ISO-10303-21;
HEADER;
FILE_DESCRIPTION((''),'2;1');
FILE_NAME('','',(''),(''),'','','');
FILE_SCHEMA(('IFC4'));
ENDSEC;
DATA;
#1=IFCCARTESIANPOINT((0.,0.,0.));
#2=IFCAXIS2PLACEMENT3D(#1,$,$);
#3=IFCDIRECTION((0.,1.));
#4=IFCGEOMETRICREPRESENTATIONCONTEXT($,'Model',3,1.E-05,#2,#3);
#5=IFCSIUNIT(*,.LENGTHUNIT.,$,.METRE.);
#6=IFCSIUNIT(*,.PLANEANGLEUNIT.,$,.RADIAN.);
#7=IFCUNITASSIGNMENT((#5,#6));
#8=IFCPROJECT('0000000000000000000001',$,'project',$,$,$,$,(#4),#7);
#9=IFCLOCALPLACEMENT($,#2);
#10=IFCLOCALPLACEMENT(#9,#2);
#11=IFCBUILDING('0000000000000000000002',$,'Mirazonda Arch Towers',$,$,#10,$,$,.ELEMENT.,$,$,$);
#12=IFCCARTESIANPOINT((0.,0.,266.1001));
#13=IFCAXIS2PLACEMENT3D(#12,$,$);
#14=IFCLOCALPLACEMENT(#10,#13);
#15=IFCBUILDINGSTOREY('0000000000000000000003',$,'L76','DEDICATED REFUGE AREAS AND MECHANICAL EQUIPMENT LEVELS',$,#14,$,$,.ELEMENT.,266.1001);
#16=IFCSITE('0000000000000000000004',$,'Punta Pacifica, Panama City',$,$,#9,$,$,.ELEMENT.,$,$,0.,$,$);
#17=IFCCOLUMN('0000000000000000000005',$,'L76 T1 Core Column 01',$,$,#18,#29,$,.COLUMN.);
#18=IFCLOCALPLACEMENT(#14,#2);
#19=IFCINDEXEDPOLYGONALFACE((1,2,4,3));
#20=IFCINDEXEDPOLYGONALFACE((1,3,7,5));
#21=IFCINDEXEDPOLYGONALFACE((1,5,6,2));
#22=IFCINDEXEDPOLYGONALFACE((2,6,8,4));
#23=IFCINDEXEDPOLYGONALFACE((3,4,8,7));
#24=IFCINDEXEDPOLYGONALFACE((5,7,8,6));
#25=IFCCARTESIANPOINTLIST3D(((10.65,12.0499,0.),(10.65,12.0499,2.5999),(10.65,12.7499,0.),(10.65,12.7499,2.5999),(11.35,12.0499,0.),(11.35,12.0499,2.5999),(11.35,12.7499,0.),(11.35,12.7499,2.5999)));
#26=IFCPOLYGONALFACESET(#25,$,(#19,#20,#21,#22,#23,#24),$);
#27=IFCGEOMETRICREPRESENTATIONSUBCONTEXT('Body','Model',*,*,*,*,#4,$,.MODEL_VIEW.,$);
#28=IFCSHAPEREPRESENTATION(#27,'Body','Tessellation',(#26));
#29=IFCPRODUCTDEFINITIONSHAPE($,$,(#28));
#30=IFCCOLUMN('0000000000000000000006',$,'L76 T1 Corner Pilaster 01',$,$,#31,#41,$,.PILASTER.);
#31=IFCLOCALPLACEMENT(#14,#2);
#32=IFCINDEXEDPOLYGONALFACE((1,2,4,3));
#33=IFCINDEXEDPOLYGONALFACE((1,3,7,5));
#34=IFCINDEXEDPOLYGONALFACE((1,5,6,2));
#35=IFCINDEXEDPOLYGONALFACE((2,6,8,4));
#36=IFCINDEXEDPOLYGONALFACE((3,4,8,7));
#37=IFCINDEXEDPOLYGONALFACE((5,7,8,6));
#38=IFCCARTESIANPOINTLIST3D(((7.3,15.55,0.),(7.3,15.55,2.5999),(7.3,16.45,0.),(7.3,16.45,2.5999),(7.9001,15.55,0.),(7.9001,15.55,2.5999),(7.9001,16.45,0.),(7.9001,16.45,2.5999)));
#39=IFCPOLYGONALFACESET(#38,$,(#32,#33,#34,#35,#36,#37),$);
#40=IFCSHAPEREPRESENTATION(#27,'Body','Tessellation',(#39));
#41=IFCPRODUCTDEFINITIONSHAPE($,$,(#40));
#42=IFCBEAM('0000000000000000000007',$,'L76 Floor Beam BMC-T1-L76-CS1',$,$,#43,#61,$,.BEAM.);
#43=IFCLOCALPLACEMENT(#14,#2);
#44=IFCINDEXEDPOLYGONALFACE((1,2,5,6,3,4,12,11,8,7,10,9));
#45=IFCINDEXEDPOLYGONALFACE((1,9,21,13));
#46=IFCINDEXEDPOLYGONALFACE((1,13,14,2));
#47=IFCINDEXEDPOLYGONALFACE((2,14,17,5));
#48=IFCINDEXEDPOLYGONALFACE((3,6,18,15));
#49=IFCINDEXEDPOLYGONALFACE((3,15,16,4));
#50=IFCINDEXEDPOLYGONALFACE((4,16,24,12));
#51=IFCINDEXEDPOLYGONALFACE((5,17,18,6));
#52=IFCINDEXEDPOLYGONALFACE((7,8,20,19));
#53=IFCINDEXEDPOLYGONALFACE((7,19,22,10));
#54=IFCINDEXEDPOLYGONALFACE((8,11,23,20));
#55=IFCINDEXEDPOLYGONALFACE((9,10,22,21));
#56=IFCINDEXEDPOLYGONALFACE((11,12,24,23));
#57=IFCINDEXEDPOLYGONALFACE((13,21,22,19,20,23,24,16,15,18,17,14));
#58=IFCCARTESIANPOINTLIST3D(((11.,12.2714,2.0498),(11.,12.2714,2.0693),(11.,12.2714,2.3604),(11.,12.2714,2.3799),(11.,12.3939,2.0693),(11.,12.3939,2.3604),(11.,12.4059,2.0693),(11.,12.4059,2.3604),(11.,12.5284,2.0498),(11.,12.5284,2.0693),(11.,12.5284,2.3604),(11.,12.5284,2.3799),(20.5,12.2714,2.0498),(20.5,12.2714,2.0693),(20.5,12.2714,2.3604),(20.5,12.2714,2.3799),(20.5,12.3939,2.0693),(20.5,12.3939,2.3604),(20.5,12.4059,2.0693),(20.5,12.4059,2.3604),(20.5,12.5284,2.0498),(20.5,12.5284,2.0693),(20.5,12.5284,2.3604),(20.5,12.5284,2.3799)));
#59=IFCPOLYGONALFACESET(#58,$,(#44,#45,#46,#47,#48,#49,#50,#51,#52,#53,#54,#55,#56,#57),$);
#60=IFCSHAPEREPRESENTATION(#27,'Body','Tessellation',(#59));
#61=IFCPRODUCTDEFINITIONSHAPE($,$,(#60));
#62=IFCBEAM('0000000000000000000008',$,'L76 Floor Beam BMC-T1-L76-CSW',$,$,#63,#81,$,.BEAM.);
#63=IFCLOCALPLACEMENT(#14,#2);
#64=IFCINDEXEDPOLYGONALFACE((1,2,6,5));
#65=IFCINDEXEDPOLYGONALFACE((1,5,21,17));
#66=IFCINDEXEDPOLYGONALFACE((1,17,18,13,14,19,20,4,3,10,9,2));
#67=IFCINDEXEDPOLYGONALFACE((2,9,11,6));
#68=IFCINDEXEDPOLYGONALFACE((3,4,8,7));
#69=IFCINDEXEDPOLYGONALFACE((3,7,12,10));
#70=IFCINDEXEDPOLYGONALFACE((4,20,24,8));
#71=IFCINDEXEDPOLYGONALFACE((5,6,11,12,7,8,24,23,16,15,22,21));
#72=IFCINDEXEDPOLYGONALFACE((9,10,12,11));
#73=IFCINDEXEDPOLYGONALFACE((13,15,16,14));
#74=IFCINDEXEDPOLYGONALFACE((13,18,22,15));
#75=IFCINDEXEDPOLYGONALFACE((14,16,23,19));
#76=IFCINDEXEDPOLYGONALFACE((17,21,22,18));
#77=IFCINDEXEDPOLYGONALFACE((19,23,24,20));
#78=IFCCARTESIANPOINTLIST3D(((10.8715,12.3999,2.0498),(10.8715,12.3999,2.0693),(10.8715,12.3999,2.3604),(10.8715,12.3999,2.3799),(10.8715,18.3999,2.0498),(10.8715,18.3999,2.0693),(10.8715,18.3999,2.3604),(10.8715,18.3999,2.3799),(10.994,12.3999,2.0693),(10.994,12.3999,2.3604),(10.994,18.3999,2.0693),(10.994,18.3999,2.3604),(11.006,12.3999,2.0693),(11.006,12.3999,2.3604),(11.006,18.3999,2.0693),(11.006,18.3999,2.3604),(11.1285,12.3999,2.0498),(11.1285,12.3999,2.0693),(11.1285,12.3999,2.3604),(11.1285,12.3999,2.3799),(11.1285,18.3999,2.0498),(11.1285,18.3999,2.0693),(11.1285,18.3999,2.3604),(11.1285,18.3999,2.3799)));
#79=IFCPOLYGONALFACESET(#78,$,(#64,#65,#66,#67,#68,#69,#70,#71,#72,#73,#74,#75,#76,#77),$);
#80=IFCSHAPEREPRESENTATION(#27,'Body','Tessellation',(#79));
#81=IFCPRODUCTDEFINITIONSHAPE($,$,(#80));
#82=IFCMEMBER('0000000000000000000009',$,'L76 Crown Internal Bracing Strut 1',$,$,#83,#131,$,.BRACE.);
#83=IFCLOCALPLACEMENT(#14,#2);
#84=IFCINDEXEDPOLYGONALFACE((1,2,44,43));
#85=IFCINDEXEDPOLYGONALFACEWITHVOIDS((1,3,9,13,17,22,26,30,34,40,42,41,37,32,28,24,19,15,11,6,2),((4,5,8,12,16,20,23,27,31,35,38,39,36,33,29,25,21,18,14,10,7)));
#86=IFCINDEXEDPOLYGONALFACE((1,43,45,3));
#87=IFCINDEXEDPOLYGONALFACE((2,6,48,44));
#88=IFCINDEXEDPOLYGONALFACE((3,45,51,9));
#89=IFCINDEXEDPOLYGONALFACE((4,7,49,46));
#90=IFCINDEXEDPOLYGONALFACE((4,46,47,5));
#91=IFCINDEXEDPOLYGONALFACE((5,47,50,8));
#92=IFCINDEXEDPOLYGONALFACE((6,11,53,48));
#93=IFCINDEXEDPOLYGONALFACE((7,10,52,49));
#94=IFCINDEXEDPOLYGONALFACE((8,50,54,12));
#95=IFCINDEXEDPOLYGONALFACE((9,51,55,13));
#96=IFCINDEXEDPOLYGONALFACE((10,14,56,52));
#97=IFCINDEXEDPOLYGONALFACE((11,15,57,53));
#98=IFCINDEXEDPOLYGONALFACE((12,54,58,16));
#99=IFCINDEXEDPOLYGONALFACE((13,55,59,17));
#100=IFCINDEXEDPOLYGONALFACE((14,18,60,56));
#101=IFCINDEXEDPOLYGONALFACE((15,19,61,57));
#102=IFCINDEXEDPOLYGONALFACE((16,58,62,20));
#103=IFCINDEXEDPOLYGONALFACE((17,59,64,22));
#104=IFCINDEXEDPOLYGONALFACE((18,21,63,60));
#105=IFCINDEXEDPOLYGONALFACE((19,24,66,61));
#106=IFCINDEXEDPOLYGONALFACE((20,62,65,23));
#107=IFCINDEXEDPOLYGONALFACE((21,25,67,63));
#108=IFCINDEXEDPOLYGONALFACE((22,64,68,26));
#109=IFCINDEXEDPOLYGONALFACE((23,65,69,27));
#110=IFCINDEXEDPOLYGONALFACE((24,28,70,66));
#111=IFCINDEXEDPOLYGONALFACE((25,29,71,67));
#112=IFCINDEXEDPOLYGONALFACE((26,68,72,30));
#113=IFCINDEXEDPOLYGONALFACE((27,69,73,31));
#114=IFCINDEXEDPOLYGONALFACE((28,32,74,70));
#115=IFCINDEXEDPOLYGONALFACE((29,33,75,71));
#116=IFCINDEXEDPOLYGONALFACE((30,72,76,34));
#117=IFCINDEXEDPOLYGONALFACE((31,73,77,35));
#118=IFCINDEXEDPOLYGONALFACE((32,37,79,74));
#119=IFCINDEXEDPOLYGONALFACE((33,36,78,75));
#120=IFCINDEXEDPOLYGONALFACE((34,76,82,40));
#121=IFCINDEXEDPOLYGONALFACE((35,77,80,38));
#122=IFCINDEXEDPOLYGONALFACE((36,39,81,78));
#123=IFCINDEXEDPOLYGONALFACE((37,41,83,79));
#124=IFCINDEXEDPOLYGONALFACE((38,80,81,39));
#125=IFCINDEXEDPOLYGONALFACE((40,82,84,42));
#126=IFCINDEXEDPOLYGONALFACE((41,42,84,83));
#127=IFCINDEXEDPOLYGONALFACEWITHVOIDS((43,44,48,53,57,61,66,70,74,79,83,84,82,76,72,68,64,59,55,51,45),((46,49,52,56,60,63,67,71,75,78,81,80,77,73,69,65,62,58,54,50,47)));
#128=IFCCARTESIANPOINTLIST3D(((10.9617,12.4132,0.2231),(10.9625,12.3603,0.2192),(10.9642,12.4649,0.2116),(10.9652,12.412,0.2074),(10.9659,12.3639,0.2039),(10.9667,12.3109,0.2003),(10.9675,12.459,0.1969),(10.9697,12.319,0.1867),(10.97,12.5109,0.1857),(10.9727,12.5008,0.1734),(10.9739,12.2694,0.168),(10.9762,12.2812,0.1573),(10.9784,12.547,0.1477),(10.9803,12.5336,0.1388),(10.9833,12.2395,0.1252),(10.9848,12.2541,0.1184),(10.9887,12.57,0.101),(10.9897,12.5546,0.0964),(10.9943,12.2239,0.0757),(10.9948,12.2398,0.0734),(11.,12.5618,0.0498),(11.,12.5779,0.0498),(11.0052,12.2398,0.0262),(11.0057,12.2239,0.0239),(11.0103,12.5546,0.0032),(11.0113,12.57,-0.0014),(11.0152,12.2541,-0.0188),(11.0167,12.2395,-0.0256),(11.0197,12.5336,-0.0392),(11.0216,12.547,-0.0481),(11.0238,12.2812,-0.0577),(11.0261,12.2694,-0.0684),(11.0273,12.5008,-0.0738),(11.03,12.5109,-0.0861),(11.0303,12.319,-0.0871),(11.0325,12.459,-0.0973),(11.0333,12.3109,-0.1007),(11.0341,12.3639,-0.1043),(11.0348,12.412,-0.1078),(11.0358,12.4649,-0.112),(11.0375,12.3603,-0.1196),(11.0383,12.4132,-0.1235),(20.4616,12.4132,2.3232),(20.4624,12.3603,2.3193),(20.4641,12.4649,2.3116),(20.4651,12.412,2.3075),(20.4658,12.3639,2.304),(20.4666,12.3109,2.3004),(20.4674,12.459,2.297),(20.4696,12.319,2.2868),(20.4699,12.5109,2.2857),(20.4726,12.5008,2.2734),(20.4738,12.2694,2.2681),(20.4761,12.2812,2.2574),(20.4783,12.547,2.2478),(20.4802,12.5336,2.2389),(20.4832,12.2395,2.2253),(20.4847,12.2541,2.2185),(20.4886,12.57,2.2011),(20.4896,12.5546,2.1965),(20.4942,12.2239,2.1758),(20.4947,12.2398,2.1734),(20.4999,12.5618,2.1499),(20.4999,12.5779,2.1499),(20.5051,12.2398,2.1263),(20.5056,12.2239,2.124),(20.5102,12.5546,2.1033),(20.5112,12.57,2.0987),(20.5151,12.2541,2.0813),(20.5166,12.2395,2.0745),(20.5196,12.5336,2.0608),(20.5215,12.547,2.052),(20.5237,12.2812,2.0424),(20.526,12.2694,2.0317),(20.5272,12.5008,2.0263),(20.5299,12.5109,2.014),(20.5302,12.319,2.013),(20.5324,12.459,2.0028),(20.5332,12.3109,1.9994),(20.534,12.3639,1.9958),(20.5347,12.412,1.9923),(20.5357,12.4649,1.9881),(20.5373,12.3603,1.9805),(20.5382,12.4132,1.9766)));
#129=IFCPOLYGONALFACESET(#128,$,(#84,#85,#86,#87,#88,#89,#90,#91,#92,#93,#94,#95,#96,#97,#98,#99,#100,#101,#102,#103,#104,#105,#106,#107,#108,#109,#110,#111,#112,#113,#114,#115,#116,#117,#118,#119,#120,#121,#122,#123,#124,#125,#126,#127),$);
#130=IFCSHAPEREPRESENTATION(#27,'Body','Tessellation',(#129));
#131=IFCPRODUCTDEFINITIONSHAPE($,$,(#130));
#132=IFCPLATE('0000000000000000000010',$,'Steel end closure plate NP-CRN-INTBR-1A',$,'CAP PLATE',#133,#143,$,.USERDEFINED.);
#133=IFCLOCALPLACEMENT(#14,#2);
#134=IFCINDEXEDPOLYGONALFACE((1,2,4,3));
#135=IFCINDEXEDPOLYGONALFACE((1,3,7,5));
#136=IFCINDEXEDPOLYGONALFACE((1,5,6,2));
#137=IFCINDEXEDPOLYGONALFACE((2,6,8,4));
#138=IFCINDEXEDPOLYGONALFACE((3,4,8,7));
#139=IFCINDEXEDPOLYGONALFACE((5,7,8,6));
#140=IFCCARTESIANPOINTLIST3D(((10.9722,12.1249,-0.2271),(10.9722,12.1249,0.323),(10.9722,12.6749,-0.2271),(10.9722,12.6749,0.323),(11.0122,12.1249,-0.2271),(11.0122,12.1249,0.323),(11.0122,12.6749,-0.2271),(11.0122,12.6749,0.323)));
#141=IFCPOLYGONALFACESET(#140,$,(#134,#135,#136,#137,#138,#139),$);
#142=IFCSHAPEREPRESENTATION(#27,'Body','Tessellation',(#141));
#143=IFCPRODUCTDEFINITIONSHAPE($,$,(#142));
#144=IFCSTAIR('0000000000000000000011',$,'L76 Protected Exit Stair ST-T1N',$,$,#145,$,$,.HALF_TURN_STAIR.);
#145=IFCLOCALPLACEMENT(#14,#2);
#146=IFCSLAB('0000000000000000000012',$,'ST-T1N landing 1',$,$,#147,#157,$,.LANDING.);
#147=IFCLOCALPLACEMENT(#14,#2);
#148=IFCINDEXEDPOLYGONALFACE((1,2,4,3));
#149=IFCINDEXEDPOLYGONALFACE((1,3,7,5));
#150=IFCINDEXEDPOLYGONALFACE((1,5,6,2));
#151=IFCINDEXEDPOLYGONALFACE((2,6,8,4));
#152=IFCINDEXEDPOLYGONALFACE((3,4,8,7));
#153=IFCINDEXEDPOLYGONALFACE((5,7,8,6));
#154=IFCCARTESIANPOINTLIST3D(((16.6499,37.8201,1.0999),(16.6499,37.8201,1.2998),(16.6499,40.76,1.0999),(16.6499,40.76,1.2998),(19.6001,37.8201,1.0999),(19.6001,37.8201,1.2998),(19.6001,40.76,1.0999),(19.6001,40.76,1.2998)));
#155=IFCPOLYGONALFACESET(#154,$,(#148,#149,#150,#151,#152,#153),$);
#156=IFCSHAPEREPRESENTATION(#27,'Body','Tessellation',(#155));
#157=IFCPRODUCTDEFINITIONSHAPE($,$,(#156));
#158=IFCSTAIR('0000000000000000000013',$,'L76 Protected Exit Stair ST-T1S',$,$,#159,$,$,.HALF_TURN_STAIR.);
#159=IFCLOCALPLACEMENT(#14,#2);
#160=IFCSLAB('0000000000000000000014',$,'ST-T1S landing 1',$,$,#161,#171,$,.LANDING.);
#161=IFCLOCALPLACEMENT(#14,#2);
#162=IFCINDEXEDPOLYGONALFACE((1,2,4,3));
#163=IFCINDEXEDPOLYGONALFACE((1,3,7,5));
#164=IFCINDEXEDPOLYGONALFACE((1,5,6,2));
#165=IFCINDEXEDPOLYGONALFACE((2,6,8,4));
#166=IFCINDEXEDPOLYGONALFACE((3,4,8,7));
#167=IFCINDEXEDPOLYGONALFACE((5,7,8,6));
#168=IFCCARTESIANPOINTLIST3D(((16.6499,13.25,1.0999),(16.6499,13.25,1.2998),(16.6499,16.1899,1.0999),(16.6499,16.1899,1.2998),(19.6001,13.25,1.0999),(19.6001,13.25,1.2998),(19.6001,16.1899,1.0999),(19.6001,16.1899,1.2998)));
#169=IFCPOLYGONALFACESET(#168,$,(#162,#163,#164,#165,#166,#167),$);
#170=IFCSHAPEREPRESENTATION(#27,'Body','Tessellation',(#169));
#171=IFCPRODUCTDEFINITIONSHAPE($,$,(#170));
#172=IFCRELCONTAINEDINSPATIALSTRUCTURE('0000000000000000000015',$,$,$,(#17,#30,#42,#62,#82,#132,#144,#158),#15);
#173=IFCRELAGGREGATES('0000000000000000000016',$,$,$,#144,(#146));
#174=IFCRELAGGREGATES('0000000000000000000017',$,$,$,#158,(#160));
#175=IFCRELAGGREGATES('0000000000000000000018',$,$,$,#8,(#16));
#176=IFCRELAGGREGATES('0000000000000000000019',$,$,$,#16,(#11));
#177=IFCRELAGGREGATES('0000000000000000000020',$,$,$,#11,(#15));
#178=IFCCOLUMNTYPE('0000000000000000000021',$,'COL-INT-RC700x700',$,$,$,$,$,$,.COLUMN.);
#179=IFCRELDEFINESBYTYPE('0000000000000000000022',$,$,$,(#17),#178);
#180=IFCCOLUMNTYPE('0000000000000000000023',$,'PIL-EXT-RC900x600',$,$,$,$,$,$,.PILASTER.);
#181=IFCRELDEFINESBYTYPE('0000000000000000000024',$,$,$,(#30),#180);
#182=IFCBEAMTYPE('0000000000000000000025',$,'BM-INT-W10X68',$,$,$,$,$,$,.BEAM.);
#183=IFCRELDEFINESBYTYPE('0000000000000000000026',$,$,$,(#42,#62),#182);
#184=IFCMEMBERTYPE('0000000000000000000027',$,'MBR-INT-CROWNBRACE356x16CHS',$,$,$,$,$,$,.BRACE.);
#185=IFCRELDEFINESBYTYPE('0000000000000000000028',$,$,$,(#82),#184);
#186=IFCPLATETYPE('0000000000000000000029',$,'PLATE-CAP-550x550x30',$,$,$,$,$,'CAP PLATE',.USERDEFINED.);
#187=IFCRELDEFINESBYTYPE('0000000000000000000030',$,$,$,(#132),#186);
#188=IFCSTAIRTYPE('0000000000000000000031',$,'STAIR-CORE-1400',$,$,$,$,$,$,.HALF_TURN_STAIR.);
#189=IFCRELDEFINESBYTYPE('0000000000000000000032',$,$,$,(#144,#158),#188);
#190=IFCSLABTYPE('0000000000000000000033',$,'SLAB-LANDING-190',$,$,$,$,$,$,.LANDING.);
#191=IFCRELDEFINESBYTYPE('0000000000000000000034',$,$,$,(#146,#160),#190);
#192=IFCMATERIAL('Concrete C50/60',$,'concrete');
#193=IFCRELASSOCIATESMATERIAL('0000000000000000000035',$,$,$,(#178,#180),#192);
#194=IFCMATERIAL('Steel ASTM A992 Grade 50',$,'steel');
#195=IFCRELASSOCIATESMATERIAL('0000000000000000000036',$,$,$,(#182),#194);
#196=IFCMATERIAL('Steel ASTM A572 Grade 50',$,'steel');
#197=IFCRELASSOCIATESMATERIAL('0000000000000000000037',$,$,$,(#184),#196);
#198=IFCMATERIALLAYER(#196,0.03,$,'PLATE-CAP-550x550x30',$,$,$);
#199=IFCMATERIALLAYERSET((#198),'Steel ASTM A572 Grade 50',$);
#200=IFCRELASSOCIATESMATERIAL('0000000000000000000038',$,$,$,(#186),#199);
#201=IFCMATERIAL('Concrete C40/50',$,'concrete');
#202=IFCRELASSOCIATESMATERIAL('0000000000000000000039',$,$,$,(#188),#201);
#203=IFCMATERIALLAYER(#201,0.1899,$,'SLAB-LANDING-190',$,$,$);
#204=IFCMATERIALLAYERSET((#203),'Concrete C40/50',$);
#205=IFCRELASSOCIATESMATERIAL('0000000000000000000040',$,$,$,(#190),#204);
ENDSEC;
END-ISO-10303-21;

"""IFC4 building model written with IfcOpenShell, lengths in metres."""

from ifc_helpers import new_model, si_unit, direction, frame, origin, origin_2d, place, context, subcontext, project, spatial, polyline, rectangle, hollow_circle, i_section, outline, extrude, material, layer, layer_set, material_profile, profile_set, type_object, element, aggregate, save


model = new_model("IFC4")

# Units and contexts
model_context = context("Model", 3, precision=1e-05, world=origin(), true_north=direction((0.0, 1.0)))
body_context = subcontext(model_context, "Body", "Model", "MODEL_VIEW")
ifc_project = project(units=[si_unit("LENGTHUNIT", "METRE"), si_unit("PLANEANGLEUNIT", "RADIAN")], contexts=[model_context])

# Site, building, storey
site_placement = place(None, origin())
site = spatial("IfcSite", under=ifc_project, at=site_placement, Name="Punta Pacifica, Panama City", CompositionType="ELEMENT", RefElevation=0.0)
building_placement = place(site_placement, origin())
building = spatial("IfcBuilding", under=site, at=building_placement, Name="Mirazonda Arch Towers", CompositionType="ELEMENT")
storey_placement = place(building_placement, frame((0.0, 0.0, 266.1001)))
storey = spatial("IfcBuildingStorey", under=building, at=storey_placement, Name="L76", Description="DEDICATED REFUGE AREAS AND MECHANICAL EQUIPMENT LEVELS", CompositionType="ELEMENT", Elevation=266.1001)

# Columns
ifc_material_1 = material(Name="Concrete C50/60", Category="concrete")
ifc_material_profile_1 = material_profile(ifc_material_1, rectangle(XDim=0.7, YDim=0.7, at=origin_2d()), Name="RC700x700")
ifc_profile_set_1 = profile_set([ifc_material_profile_1], Name="Concrete C50/60")
column_type_1 = type_object("IfcColumnType", Name="COL-INT-RC700x700", PredefinedType="COLUMN", material=ifc_profile_set_1)
column_1_placement = place(storey_placement, frame((11.0, 12.3999, 0.0), z_axis=(0.0, 0.0, 1.0), x_axis=(1.0, 0.0, 0.0)))
element("IfcColumn", 1, at=column_1_placement, inside=storey, type_object=column_type_1, Name="L76 T1 Core Column 01", PredefinedType="COLUMN", context=body_context, shape_type="SweptSolid", body=[
    extrude(rectangle(XDim=0.7, YDim=0.7, at=origin_2d()), origin(), (0.0, 0.0, 1.0), 2.5999),
])
ifc_material_profile_2 = material_profile(ifc_material_1, rectangle(XDim=0.6001, YDim=0.8999, at=origin_2d()), Name="RC900x600")
ifc_profile_set_2 = profile_set([ifc_material_profile_2], Name="Concrete C50/60")
column_type_2 = type_object("IfcColumnType", Name="PIL-EXT-RC900x600", PredefinedType="PILASTER", material=ifc_profile_set_2)
column_2_placement = place(storey_placement, frame((7.6001, 16.0, 0.0), z_axis=(0.0, 0.0, 1.0), x_axis=(1.0, 0.0, 0.0)))
element("IfcColumn", 2, at=column_2_placement, inside=storey, type_object=column_type_2, Name="L76 T1 Corner Pilaster 01", PredefinedType="PILASTER", context=body_context, shape_type="SweptSolid", body=[
    extrude(rectangle(XDim=0.6001, YDim=0.8999, at=origin_2d()), origin(), (0.0, 0.0, 1.0), 2.5999),
])

# Beams
ifc_material_2 = material(Name="Steel ASTM A992 Grade 50", Category="steel")
ifc_material_profile_3 = material_profile(ifc_material_2, i_section(OverallWidth=0.2571, OverallDepth=0.3301, WebThickness=0.012, FlangeThickness=0.0195, at=origin_2d()), Name="W10X68")
ifc_profile_set_3 = profile_set([ifc_material_profile_3], Name="Steel ASTM A992 Grade 50")
beam_type = type_object("IfcBeamType", Name="BM-INT-W10X68", PredefinedType="BEAM", material=ifc_profile_set_3)
beam_1_placement = place(storey_placement, frame((11.0, 12.3999, 2.2148), z_axis=(1.0, 0.0, 0.0), x_axis=(0.0, 1.0, 0.0)))
element("IfcBeam", 3, at=beam_1_placement, inside=storey, type_object=beam_type, Name="L76 Floor Beam BMC-T1-L76-CS1", PredefinedType="BEAM", context=body_context, shape_type="SweptSolid", body=[
    extrude(i_section(OverallWidth=0.2571, OverallDepth=0.3301, WebThickness=0.012, FlangeThickness=0.0195, at=origin_2d()), origin(), (0.0, 0.0, 1.0), 9.5),
])
beam_2_placement = place(storey_placement, frame((11.0, 12.3999, 2.2148), z_axis=(0.0, 1.0, 0.0), x_axis=(-1.0, 0.0, 0.0)))
element("IfcBeam", 4, at=beam_2_placement, inside=storey, type_object=beam_type, Name="L76 Floor Beam BMC-T1-L76-CSW", PredefinedType="BEAM", context=body_context, shape_type="SweptSolid", body=[
    extrude(i_section(OverallWidth=0.2571, OverallDepth=0.3301, WebThickness=0.012, FlangeThickness=0.0195, at=origin_2d()), origin(), (0.0, 0.0, 1.0), 6.0),
])

# Member
ifc_material_3 = material(Name="Steel ASTM A572 Grade 50", Category="steel")
ifc_material_profile_4 = material_profile(ifc_material_3, hollow_circle(Radius=0.178, WallThickness=0.0161, at=origin_2d()), Name="CROWNBRACE356x16CHS")
ifc_profile_set_4 = profile_set([ifc_material_profile_4], Name="Steel ASTM A572 Grade 50")
member_type = type_object("IfcMemberType", Name="MBR-INT-CROWNBRACE356x16CHS", PredefinedType="BRACE", material=ifc_profile_set_4)
member_placement = place(storey_placement, frame((11.0, 12.3999, 0.0498), z_axis=(0.976426, 0.0, 0.215852), x_axis=(0.0, 1.0, 0.0)))
element("IfcMember", 5, at=member_placement, inside=storey, type_object=member_type, Name="L76 Crown Internal Bracing Strut 1", PredefinedType="BRACE", context=body_context, shape_type="SweptSolid", body=[
    extrude(hollow_circle(Radius=0.178, WallThickness=0.0161, at=origin_2d()), origin(), (0.0, 0.0, 1.0), 9.7292),
])

# Plate
ifc_layer_1 = layer(ifc_material_3, 0.03, Name="PLATE-CAP-550x550x30")
ifc_layer_set_1 = layer_set([ifc_layer_1], Name="Steel ASTM A572 Grade 50")
plate_type = type_object("IfcPlateType", Name="PLATE-CAP-550x550x30", ElementType="CAP PLATE", PredefinedType="USERDEFINED", material=ifc_layer_set_1)
plate_placement = place(storey_placement, frame((10.9922, 12.3999, -0.2271), z_axis=(0.0, 0.0, 1.0), x_axis=(-1.0, 0.0, 0.0)))
element("IfcPlate", 6, at=plate_placement, inside=storey, type_object=plate_type, Name="Steel end closure plate NP-CRN-INTBR-1A", ObjectType="CAP PLATE", PredefinedType="USERDEFINED", context=body_context, shape_type="SweptSolid", body=[
    extrude(rectangle(XDim=0.04, YDim=0.55, at=origin_2d()), origin(), (0.0, 0.0, 1.0), 0.55),
])

# Stairs, slabs
ifc_material_4 = material(Name="Concrete C40/50", Category="concrete")
stair_type = type_object("IfcStairType", Name="STAIR-CORE-1400", PredefinedType="HALF_TURN_STAIR", material=ifc_material_4)
stair_1_placement = place(storey_placement, origin())
stair_1 = element("IfcStair", 7, at=stair_1_placement, inside=storey, type_object=stair_type, Name="L76 Protected Exit Stair ST-T1N", PredefinedType="HALF_TURN_STAIR")
ifc_layer_2 = layer(ifc_material_4, 0.1899, Name="SLAB-LANDING-190")
ifc_layer_set_2 = layer_set([ifc_layer_2], Name="Concrete C40/50")
slab_type_1 = type_object("IfcSlabType", Name="SLAB-LANDING-190", PredefinedType="LANDING", material=ifc_layer_set_2)
slab_1_placement = place(storey_placement, frame((0.0, 0.0, 1.0999)))
slab_1 = element("IfcSlab", 8, at=slab_1_placement, type_object=slab_type_1, Name="ST-T1N landing 1", PredefinedType="LANDING", context=body_context, shape_type="SweptSolid", body=[
    extrude(outline(polyline([(16.6499, 37.8201), (19.6001, 37.8201), (19.6001, 40.76), (16.6499, 40.76), (16.6499, 37.8201)])), origin(), (0.0, 0.0, 1.0), 0.2),
])
aggregate(stair_1, [slab_1])
stair_2_placement = place(storey_placement, origin())
stair_2 = element("IfcStair", 9, at=stair_2_placement, inside=storey, type_object=stair_type, Name="L76 Protected Exit Stair ST-T1S", PredefinedType="HALF_TURN_STAIR")
slab_2_placement = place(storey_placement, frame((0.0, 0.0, 1.0999)))
slab_2 = element("IfcSlab", 10, at=slab_2_placement, type_object=slab_type_1, Name="ST-T1S landing 1", PredefinedType="LANDING", context=body_context, shape_type="SweptSolid", body=[
    extrude(outline(polyline([(16.6499, 13.25), (19.6001, 13.25), (19.6001, 16.1899), (16.6499, 16.1899), (16.6499, 13.25)])), origin(), (0.0, 0.0, 1.0), 0.2),
])

aggregate(stair_2, [slab_2])

save(model, "model.ifc")
